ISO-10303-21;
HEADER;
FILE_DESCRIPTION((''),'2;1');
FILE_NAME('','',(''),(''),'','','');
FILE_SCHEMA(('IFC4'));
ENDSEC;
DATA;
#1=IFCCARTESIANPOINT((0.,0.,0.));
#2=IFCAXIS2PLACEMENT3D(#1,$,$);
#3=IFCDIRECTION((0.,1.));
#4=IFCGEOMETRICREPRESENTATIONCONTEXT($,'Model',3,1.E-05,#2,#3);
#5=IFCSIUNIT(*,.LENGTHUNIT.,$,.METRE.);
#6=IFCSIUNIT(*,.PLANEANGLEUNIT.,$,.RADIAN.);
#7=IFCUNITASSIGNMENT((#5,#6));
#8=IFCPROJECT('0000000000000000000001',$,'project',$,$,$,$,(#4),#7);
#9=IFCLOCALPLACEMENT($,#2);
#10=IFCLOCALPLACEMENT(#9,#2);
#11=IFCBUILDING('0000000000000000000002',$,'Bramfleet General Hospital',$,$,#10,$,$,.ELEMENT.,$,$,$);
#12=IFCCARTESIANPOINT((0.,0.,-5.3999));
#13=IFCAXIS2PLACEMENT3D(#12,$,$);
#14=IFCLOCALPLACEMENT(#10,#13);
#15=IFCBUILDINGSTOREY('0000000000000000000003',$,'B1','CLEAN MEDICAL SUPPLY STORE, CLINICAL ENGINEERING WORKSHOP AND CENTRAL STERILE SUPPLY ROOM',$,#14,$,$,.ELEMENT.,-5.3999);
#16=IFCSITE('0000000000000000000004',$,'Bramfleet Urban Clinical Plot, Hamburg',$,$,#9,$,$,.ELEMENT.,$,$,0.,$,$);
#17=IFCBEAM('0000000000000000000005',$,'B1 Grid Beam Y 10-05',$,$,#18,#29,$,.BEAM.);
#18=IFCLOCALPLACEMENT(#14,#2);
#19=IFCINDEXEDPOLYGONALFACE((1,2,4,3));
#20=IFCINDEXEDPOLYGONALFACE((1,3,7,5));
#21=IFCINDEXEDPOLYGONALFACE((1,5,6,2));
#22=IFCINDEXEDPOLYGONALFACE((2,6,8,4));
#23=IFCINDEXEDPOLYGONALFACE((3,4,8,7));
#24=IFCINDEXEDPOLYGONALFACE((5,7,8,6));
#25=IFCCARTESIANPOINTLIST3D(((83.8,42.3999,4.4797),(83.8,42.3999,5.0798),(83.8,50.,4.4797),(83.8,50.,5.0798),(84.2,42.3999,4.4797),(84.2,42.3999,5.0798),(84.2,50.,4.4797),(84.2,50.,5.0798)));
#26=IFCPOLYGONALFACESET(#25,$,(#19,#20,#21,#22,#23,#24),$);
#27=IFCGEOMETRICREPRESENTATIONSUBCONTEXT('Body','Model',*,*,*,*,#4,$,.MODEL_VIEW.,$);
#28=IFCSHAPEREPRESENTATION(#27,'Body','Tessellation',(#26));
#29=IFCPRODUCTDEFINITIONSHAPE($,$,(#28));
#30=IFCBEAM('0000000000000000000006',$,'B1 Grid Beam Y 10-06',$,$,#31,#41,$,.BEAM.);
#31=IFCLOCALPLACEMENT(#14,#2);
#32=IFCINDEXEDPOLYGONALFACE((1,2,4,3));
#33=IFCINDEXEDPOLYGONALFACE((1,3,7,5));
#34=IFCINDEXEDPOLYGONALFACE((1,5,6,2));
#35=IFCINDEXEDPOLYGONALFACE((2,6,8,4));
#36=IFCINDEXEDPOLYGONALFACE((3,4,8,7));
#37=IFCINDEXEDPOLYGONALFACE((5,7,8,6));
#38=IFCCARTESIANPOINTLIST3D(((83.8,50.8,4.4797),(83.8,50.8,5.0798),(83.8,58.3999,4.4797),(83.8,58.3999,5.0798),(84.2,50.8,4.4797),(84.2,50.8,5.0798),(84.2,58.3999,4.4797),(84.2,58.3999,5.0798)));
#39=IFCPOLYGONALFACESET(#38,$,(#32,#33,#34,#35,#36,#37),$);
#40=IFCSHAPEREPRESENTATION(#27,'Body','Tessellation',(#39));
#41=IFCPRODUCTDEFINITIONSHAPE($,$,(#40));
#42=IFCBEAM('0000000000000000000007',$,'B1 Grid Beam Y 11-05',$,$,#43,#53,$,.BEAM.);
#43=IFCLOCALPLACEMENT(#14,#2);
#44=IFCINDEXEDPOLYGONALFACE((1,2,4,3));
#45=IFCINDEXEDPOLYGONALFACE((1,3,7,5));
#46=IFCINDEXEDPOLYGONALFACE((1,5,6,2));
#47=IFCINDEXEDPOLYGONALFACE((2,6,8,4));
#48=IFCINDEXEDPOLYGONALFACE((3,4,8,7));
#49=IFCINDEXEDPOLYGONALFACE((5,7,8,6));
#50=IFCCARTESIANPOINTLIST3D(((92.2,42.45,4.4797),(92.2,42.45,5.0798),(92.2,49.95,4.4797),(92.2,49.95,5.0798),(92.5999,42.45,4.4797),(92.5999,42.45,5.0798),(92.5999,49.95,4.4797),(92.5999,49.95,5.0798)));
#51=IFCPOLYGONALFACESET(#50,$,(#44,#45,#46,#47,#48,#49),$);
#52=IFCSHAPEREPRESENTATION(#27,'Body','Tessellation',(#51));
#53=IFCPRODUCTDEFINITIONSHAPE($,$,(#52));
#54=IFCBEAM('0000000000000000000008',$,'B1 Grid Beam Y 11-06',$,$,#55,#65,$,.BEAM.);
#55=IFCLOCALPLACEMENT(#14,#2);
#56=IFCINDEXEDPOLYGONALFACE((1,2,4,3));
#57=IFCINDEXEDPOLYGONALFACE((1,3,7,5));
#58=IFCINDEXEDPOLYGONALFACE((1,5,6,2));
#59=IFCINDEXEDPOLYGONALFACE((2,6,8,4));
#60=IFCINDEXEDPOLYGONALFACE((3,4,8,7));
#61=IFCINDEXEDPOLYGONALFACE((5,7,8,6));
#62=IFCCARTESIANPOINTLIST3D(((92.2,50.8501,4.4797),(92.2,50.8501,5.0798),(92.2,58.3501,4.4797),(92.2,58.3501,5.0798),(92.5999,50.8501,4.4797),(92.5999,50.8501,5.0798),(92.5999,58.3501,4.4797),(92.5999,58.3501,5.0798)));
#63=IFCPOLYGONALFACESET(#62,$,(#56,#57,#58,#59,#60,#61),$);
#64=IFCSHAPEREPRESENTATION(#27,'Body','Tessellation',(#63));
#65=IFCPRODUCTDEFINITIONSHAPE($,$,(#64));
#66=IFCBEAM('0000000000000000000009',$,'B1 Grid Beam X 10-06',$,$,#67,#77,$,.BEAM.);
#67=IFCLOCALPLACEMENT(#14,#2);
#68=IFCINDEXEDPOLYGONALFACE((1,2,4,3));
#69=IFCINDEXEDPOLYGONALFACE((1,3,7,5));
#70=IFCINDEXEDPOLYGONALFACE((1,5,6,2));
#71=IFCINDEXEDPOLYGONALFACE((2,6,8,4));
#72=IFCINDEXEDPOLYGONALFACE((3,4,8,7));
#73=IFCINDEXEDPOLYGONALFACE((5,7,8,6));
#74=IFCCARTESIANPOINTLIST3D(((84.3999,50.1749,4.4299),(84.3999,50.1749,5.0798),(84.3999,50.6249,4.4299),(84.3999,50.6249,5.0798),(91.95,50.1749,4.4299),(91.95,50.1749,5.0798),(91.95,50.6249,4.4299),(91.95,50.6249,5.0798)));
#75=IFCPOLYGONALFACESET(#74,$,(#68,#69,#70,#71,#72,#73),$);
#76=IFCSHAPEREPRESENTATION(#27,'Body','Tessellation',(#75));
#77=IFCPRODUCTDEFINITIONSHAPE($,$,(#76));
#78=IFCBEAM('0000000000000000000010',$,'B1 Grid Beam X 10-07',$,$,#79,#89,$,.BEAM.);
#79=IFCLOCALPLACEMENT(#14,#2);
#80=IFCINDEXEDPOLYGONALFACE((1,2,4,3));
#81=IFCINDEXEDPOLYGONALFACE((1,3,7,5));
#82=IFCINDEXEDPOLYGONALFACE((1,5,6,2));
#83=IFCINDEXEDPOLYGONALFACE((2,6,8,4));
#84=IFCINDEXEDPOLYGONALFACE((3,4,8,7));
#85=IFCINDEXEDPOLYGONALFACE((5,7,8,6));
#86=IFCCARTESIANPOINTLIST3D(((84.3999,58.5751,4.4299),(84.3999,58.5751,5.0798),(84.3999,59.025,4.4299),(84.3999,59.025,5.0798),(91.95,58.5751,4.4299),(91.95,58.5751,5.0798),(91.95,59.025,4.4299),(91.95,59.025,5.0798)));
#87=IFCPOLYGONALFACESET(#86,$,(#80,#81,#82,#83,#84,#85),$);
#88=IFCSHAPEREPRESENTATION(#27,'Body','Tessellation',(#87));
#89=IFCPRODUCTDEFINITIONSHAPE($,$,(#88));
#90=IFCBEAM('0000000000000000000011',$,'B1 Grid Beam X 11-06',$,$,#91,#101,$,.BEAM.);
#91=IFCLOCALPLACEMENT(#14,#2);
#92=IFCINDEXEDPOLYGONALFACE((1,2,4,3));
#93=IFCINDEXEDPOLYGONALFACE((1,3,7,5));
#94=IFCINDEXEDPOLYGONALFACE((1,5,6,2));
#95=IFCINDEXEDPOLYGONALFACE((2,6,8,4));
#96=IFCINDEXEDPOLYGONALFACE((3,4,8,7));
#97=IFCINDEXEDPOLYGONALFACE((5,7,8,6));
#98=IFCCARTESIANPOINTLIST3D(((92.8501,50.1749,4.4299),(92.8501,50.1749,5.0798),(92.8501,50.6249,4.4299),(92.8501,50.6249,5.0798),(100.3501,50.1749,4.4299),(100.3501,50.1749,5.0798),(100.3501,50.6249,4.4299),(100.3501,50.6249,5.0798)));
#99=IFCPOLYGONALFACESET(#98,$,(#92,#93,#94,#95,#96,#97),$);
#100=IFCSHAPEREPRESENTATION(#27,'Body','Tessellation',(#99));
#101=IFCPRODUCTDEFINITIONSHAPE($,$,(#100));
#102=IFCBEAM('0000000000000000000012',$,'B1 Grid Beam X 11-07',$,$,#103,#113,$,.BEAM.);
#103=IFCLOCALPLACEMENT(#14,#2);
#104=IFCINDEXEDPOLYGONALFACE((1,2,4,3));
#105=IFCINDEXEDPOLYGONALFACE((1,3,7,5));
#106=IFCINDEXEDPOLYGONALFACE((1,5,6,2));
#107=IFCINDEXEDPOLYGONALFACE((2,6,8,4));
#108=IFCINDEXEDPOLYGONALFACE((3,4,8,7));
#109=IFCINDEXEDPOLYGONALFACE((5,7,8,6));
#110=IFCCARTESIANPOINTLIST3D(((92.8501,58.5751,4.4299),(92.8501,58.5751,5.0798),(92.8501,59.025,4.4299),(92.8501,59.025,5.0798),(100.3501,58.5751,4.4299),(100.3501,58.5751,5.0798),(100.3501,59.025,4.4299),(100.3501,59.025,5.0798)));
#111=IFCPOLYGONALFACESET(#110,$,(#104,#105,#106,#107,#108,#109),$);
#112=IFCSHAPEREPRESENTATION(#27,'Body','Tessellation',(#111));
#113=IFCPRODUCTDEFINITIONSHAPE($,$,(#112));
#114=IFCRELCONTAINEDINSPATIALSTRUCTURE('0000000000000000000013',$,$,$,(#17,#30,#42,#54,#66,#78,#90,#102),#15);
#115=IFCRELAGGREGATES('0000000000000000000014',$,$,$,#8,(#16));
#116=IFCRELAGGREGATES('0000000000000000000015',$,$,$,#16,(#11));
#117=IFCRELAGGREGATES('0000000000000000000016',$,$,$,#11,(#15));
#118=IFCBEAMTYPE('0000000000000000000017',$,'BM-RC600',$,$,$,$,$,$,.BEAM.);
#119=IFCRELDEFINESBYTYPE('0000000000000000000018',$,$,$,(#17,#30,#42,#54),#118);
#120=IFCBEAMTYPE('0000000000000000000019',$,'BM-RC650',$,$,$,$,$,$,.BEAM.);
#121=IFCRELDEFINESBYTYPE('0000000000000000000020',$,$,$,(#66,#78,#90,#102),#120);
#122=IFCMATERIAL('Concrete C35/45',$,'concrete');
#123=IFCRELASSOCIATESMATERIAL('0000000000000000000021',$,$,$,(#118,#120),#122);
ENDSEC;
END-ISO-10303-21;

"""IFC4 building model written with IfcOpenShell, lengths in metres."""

from ifc_helpers import new_model, si_unit, direction, frame, origin, origin_2d, place, context, subcontext, project, spatial, rectangle, extrude, material, material_profile, profile_set, type_object, element, save


model = new_model("IFC4")

# Units and contexts
model_context = context("Model", 3, precision=1e-05, world=origin(), true_north=direction((0.0, 1.0)))
body_context = subcontext(model_context, "Body", "Model", "MODEL_VIEW")
ifc_project = project(units=[si_unit("LENGTHUNIT", "METRE"), si_unit("PLANEANGLEUNIT", "RADIAN")], contexts=[model_context])

# Site, building, storey
site_placement = place(None, origin())
site = spatial("IfcSite", under=ifc_project, at=site_placement, Name="Bramfleet Urban Clinical Plot, Hamburg", CompositionType="ELEMENT", RefElevation=0.0)
building_placement = place(site_placement, origin())
building = spatial("IfcBuilding", under=site, at=building_placement, Name="Bramfleet General Hospital", CompositionType="ELEMENT")
storey_placement = place(building_placement, frame((0.0, 0.0, -5.3999)))
storey = spatial("IfcBuildingStorey", under=building, at=storey_placement, Name="B1", Description="CLEAN MEDICAL SUPPLY STORE, CLINICAL ENGINEERING WORKSHOP AND CENTRAL STERILE SUPPLY ROOM", CompositionType="ELEMENT", Elevation=-5.3999)

# Shared definitions
ifc_material_1 = material(Name="Concrete C35/45", Category="concrete")

# Beams
ifc_material_profile_1 = material_profile(ifc_material_1, rectangle(XDim=0.3999, YDim=0.6001, at=origin_2d()), Name="RC BM 600x400")
ifc_profile_set_1 = profile_set([ifc_material_profile_1], Name="Concrete C35/45")
beam_type_1 = type_object("IfcBeamType", Name="BM-RC600", PredefinedType="BEAM", material=ifc_profile_set_1)
beam_1_placement = place(storey_placement, frame((84.0, 42.3999, 4.7798), z_axis=(0.0, 1.0, 0.0), x_axis=(-1.0, 0.0, 0.0)))
element("IfcBeam", 1, at=beam_1_placement, inside=storey, type_object=beam_type_1, Name="B1 Grid Beam Y 10-05", PredefinedType="BEAM", context=body_context, shape_type="SweptSolid", body=[
    extrude(rectangle(XDim=0.3999, YDim=0.6001, at=origin_2d()), origin(), (0.0, 0.0, 1.0), 7.6001),
])
beam_2_placement = place(storey_placement, frame((84.0, 50.8, 4.7798), z_axis=(0.0, 1.0, 0.0), x_axis=(-1.0, 0.0, 0.0)))
element("IfcBeam", 2, at=beam_2_placement, inside=storey, type_object=beam_type_1, Name="B1 Grid Beam Y 10-06", PredefinedType="BEAM", context=body_context, shape_type="SweptSolid", body=[
    extrude(rectangle(XDim=0.3999, YDim=0.6001, at=origin_2d()), origin(), (0.0, 0.0, 1.0), 7.5999),
])
for number, where, z_axis, x_axis, name in (
    (3, (92.3999, 42.45, 4.7798), (0.0, 1.0, 0.0), (-1.0, 0.0, 0.0), "B1 Grid Beam Y 11-05"),
    (4, (92.3999, 50.8501, 4.7798), (0.0, 1.0, 0.0), (-1.0, 0.0, 0.0), "B1 Grid Beam Y 11-06"),
):
    element("IfcBeam", number, at=place(storey_placement, frame(where, z_axis=z_axis, x_axis=x_axis)), inside=storey, type_object=beam_type_1, Name=name, PredefinedType="BEAM", context=body_context, shape_type="SweptSolid", body=[
        extrude(rectangle(XDim=0.3999, YDim=0.6001, at=origin_2d()), origin(), (0.0, 0.0, 1.0), 7.5),
    ])
ifc_material_profile_2 = material_profile(ifc_material_1, rectangle(XDim=0.45, YDim=0.6499, at=origin_2d()), Name="RC BM 650x450")
ifc_profile_set_2 = profile_set([ifc_material_profile_2], Name="Concrete C35/45")
beam_type_2 = type_object("IfcBeamType", Name="BM-RC650", PredefinedType="BEAM", material=ifc_profile_set_2)
for number, where, z_axis, x_axis, name in (
    (5, (84.3999, 50.3999, 4.7549), (1.0, 0.0, 0.0), (0.0, 1.0, 0.0), "B1 Grid Beam X 10-06"),
    (6, (84.3999, 58.8, 4.7549), (1.0, 0.0, 0.0), (0.0, 1.0, 0.0), "B1 Grid Beam X 10-07"),
):
    element("IfcBeam", number, at=place(storey_placement, frame(where, z_axis=z_axis, x_axis=x_axis)), inside=storey, type_object=beam_type_2, Name=name, PredefinedType="BEAM", context=body_context, shape_type="SweptSolid", body=[
        extrude(rectangle(XDim=0.45, YDim=0.6499, at=origin_2d()), origin(), (0.0, 0.0, 1.0), 7.55),
    ])
for number, where, z_axis, x_axis, name in (
    (7, (92.8501, 50.3999, 4.7549), (1.0, 0.0, 0.0), (0.0, 1.0, 0.0), "B1 Grid Beam X 11-06"),
    (8, (92.8501, 58.8, 4.7549), (1.0, 0.0, 0.0), (0.0, 1.0, 0.0), "B1 Grid Beam X 11-07"),
):
    element("IfcBeam", number, at=place(storey_placement, frame(where, z_axis=z_axis, x_axis=x_axis)), inside=storey, type_object=beam_type_2, Name=name, PredefinedType="BEAM", context=body_context, shape_type="SweptSolid", body=[
        extrude(rectangle(XDim=0.45, YDim=0.6499, at=origin_2d()), origin(), (0.0, 0.0, 1.0), 7.5),
    ])

save(model, "model.ifc")
